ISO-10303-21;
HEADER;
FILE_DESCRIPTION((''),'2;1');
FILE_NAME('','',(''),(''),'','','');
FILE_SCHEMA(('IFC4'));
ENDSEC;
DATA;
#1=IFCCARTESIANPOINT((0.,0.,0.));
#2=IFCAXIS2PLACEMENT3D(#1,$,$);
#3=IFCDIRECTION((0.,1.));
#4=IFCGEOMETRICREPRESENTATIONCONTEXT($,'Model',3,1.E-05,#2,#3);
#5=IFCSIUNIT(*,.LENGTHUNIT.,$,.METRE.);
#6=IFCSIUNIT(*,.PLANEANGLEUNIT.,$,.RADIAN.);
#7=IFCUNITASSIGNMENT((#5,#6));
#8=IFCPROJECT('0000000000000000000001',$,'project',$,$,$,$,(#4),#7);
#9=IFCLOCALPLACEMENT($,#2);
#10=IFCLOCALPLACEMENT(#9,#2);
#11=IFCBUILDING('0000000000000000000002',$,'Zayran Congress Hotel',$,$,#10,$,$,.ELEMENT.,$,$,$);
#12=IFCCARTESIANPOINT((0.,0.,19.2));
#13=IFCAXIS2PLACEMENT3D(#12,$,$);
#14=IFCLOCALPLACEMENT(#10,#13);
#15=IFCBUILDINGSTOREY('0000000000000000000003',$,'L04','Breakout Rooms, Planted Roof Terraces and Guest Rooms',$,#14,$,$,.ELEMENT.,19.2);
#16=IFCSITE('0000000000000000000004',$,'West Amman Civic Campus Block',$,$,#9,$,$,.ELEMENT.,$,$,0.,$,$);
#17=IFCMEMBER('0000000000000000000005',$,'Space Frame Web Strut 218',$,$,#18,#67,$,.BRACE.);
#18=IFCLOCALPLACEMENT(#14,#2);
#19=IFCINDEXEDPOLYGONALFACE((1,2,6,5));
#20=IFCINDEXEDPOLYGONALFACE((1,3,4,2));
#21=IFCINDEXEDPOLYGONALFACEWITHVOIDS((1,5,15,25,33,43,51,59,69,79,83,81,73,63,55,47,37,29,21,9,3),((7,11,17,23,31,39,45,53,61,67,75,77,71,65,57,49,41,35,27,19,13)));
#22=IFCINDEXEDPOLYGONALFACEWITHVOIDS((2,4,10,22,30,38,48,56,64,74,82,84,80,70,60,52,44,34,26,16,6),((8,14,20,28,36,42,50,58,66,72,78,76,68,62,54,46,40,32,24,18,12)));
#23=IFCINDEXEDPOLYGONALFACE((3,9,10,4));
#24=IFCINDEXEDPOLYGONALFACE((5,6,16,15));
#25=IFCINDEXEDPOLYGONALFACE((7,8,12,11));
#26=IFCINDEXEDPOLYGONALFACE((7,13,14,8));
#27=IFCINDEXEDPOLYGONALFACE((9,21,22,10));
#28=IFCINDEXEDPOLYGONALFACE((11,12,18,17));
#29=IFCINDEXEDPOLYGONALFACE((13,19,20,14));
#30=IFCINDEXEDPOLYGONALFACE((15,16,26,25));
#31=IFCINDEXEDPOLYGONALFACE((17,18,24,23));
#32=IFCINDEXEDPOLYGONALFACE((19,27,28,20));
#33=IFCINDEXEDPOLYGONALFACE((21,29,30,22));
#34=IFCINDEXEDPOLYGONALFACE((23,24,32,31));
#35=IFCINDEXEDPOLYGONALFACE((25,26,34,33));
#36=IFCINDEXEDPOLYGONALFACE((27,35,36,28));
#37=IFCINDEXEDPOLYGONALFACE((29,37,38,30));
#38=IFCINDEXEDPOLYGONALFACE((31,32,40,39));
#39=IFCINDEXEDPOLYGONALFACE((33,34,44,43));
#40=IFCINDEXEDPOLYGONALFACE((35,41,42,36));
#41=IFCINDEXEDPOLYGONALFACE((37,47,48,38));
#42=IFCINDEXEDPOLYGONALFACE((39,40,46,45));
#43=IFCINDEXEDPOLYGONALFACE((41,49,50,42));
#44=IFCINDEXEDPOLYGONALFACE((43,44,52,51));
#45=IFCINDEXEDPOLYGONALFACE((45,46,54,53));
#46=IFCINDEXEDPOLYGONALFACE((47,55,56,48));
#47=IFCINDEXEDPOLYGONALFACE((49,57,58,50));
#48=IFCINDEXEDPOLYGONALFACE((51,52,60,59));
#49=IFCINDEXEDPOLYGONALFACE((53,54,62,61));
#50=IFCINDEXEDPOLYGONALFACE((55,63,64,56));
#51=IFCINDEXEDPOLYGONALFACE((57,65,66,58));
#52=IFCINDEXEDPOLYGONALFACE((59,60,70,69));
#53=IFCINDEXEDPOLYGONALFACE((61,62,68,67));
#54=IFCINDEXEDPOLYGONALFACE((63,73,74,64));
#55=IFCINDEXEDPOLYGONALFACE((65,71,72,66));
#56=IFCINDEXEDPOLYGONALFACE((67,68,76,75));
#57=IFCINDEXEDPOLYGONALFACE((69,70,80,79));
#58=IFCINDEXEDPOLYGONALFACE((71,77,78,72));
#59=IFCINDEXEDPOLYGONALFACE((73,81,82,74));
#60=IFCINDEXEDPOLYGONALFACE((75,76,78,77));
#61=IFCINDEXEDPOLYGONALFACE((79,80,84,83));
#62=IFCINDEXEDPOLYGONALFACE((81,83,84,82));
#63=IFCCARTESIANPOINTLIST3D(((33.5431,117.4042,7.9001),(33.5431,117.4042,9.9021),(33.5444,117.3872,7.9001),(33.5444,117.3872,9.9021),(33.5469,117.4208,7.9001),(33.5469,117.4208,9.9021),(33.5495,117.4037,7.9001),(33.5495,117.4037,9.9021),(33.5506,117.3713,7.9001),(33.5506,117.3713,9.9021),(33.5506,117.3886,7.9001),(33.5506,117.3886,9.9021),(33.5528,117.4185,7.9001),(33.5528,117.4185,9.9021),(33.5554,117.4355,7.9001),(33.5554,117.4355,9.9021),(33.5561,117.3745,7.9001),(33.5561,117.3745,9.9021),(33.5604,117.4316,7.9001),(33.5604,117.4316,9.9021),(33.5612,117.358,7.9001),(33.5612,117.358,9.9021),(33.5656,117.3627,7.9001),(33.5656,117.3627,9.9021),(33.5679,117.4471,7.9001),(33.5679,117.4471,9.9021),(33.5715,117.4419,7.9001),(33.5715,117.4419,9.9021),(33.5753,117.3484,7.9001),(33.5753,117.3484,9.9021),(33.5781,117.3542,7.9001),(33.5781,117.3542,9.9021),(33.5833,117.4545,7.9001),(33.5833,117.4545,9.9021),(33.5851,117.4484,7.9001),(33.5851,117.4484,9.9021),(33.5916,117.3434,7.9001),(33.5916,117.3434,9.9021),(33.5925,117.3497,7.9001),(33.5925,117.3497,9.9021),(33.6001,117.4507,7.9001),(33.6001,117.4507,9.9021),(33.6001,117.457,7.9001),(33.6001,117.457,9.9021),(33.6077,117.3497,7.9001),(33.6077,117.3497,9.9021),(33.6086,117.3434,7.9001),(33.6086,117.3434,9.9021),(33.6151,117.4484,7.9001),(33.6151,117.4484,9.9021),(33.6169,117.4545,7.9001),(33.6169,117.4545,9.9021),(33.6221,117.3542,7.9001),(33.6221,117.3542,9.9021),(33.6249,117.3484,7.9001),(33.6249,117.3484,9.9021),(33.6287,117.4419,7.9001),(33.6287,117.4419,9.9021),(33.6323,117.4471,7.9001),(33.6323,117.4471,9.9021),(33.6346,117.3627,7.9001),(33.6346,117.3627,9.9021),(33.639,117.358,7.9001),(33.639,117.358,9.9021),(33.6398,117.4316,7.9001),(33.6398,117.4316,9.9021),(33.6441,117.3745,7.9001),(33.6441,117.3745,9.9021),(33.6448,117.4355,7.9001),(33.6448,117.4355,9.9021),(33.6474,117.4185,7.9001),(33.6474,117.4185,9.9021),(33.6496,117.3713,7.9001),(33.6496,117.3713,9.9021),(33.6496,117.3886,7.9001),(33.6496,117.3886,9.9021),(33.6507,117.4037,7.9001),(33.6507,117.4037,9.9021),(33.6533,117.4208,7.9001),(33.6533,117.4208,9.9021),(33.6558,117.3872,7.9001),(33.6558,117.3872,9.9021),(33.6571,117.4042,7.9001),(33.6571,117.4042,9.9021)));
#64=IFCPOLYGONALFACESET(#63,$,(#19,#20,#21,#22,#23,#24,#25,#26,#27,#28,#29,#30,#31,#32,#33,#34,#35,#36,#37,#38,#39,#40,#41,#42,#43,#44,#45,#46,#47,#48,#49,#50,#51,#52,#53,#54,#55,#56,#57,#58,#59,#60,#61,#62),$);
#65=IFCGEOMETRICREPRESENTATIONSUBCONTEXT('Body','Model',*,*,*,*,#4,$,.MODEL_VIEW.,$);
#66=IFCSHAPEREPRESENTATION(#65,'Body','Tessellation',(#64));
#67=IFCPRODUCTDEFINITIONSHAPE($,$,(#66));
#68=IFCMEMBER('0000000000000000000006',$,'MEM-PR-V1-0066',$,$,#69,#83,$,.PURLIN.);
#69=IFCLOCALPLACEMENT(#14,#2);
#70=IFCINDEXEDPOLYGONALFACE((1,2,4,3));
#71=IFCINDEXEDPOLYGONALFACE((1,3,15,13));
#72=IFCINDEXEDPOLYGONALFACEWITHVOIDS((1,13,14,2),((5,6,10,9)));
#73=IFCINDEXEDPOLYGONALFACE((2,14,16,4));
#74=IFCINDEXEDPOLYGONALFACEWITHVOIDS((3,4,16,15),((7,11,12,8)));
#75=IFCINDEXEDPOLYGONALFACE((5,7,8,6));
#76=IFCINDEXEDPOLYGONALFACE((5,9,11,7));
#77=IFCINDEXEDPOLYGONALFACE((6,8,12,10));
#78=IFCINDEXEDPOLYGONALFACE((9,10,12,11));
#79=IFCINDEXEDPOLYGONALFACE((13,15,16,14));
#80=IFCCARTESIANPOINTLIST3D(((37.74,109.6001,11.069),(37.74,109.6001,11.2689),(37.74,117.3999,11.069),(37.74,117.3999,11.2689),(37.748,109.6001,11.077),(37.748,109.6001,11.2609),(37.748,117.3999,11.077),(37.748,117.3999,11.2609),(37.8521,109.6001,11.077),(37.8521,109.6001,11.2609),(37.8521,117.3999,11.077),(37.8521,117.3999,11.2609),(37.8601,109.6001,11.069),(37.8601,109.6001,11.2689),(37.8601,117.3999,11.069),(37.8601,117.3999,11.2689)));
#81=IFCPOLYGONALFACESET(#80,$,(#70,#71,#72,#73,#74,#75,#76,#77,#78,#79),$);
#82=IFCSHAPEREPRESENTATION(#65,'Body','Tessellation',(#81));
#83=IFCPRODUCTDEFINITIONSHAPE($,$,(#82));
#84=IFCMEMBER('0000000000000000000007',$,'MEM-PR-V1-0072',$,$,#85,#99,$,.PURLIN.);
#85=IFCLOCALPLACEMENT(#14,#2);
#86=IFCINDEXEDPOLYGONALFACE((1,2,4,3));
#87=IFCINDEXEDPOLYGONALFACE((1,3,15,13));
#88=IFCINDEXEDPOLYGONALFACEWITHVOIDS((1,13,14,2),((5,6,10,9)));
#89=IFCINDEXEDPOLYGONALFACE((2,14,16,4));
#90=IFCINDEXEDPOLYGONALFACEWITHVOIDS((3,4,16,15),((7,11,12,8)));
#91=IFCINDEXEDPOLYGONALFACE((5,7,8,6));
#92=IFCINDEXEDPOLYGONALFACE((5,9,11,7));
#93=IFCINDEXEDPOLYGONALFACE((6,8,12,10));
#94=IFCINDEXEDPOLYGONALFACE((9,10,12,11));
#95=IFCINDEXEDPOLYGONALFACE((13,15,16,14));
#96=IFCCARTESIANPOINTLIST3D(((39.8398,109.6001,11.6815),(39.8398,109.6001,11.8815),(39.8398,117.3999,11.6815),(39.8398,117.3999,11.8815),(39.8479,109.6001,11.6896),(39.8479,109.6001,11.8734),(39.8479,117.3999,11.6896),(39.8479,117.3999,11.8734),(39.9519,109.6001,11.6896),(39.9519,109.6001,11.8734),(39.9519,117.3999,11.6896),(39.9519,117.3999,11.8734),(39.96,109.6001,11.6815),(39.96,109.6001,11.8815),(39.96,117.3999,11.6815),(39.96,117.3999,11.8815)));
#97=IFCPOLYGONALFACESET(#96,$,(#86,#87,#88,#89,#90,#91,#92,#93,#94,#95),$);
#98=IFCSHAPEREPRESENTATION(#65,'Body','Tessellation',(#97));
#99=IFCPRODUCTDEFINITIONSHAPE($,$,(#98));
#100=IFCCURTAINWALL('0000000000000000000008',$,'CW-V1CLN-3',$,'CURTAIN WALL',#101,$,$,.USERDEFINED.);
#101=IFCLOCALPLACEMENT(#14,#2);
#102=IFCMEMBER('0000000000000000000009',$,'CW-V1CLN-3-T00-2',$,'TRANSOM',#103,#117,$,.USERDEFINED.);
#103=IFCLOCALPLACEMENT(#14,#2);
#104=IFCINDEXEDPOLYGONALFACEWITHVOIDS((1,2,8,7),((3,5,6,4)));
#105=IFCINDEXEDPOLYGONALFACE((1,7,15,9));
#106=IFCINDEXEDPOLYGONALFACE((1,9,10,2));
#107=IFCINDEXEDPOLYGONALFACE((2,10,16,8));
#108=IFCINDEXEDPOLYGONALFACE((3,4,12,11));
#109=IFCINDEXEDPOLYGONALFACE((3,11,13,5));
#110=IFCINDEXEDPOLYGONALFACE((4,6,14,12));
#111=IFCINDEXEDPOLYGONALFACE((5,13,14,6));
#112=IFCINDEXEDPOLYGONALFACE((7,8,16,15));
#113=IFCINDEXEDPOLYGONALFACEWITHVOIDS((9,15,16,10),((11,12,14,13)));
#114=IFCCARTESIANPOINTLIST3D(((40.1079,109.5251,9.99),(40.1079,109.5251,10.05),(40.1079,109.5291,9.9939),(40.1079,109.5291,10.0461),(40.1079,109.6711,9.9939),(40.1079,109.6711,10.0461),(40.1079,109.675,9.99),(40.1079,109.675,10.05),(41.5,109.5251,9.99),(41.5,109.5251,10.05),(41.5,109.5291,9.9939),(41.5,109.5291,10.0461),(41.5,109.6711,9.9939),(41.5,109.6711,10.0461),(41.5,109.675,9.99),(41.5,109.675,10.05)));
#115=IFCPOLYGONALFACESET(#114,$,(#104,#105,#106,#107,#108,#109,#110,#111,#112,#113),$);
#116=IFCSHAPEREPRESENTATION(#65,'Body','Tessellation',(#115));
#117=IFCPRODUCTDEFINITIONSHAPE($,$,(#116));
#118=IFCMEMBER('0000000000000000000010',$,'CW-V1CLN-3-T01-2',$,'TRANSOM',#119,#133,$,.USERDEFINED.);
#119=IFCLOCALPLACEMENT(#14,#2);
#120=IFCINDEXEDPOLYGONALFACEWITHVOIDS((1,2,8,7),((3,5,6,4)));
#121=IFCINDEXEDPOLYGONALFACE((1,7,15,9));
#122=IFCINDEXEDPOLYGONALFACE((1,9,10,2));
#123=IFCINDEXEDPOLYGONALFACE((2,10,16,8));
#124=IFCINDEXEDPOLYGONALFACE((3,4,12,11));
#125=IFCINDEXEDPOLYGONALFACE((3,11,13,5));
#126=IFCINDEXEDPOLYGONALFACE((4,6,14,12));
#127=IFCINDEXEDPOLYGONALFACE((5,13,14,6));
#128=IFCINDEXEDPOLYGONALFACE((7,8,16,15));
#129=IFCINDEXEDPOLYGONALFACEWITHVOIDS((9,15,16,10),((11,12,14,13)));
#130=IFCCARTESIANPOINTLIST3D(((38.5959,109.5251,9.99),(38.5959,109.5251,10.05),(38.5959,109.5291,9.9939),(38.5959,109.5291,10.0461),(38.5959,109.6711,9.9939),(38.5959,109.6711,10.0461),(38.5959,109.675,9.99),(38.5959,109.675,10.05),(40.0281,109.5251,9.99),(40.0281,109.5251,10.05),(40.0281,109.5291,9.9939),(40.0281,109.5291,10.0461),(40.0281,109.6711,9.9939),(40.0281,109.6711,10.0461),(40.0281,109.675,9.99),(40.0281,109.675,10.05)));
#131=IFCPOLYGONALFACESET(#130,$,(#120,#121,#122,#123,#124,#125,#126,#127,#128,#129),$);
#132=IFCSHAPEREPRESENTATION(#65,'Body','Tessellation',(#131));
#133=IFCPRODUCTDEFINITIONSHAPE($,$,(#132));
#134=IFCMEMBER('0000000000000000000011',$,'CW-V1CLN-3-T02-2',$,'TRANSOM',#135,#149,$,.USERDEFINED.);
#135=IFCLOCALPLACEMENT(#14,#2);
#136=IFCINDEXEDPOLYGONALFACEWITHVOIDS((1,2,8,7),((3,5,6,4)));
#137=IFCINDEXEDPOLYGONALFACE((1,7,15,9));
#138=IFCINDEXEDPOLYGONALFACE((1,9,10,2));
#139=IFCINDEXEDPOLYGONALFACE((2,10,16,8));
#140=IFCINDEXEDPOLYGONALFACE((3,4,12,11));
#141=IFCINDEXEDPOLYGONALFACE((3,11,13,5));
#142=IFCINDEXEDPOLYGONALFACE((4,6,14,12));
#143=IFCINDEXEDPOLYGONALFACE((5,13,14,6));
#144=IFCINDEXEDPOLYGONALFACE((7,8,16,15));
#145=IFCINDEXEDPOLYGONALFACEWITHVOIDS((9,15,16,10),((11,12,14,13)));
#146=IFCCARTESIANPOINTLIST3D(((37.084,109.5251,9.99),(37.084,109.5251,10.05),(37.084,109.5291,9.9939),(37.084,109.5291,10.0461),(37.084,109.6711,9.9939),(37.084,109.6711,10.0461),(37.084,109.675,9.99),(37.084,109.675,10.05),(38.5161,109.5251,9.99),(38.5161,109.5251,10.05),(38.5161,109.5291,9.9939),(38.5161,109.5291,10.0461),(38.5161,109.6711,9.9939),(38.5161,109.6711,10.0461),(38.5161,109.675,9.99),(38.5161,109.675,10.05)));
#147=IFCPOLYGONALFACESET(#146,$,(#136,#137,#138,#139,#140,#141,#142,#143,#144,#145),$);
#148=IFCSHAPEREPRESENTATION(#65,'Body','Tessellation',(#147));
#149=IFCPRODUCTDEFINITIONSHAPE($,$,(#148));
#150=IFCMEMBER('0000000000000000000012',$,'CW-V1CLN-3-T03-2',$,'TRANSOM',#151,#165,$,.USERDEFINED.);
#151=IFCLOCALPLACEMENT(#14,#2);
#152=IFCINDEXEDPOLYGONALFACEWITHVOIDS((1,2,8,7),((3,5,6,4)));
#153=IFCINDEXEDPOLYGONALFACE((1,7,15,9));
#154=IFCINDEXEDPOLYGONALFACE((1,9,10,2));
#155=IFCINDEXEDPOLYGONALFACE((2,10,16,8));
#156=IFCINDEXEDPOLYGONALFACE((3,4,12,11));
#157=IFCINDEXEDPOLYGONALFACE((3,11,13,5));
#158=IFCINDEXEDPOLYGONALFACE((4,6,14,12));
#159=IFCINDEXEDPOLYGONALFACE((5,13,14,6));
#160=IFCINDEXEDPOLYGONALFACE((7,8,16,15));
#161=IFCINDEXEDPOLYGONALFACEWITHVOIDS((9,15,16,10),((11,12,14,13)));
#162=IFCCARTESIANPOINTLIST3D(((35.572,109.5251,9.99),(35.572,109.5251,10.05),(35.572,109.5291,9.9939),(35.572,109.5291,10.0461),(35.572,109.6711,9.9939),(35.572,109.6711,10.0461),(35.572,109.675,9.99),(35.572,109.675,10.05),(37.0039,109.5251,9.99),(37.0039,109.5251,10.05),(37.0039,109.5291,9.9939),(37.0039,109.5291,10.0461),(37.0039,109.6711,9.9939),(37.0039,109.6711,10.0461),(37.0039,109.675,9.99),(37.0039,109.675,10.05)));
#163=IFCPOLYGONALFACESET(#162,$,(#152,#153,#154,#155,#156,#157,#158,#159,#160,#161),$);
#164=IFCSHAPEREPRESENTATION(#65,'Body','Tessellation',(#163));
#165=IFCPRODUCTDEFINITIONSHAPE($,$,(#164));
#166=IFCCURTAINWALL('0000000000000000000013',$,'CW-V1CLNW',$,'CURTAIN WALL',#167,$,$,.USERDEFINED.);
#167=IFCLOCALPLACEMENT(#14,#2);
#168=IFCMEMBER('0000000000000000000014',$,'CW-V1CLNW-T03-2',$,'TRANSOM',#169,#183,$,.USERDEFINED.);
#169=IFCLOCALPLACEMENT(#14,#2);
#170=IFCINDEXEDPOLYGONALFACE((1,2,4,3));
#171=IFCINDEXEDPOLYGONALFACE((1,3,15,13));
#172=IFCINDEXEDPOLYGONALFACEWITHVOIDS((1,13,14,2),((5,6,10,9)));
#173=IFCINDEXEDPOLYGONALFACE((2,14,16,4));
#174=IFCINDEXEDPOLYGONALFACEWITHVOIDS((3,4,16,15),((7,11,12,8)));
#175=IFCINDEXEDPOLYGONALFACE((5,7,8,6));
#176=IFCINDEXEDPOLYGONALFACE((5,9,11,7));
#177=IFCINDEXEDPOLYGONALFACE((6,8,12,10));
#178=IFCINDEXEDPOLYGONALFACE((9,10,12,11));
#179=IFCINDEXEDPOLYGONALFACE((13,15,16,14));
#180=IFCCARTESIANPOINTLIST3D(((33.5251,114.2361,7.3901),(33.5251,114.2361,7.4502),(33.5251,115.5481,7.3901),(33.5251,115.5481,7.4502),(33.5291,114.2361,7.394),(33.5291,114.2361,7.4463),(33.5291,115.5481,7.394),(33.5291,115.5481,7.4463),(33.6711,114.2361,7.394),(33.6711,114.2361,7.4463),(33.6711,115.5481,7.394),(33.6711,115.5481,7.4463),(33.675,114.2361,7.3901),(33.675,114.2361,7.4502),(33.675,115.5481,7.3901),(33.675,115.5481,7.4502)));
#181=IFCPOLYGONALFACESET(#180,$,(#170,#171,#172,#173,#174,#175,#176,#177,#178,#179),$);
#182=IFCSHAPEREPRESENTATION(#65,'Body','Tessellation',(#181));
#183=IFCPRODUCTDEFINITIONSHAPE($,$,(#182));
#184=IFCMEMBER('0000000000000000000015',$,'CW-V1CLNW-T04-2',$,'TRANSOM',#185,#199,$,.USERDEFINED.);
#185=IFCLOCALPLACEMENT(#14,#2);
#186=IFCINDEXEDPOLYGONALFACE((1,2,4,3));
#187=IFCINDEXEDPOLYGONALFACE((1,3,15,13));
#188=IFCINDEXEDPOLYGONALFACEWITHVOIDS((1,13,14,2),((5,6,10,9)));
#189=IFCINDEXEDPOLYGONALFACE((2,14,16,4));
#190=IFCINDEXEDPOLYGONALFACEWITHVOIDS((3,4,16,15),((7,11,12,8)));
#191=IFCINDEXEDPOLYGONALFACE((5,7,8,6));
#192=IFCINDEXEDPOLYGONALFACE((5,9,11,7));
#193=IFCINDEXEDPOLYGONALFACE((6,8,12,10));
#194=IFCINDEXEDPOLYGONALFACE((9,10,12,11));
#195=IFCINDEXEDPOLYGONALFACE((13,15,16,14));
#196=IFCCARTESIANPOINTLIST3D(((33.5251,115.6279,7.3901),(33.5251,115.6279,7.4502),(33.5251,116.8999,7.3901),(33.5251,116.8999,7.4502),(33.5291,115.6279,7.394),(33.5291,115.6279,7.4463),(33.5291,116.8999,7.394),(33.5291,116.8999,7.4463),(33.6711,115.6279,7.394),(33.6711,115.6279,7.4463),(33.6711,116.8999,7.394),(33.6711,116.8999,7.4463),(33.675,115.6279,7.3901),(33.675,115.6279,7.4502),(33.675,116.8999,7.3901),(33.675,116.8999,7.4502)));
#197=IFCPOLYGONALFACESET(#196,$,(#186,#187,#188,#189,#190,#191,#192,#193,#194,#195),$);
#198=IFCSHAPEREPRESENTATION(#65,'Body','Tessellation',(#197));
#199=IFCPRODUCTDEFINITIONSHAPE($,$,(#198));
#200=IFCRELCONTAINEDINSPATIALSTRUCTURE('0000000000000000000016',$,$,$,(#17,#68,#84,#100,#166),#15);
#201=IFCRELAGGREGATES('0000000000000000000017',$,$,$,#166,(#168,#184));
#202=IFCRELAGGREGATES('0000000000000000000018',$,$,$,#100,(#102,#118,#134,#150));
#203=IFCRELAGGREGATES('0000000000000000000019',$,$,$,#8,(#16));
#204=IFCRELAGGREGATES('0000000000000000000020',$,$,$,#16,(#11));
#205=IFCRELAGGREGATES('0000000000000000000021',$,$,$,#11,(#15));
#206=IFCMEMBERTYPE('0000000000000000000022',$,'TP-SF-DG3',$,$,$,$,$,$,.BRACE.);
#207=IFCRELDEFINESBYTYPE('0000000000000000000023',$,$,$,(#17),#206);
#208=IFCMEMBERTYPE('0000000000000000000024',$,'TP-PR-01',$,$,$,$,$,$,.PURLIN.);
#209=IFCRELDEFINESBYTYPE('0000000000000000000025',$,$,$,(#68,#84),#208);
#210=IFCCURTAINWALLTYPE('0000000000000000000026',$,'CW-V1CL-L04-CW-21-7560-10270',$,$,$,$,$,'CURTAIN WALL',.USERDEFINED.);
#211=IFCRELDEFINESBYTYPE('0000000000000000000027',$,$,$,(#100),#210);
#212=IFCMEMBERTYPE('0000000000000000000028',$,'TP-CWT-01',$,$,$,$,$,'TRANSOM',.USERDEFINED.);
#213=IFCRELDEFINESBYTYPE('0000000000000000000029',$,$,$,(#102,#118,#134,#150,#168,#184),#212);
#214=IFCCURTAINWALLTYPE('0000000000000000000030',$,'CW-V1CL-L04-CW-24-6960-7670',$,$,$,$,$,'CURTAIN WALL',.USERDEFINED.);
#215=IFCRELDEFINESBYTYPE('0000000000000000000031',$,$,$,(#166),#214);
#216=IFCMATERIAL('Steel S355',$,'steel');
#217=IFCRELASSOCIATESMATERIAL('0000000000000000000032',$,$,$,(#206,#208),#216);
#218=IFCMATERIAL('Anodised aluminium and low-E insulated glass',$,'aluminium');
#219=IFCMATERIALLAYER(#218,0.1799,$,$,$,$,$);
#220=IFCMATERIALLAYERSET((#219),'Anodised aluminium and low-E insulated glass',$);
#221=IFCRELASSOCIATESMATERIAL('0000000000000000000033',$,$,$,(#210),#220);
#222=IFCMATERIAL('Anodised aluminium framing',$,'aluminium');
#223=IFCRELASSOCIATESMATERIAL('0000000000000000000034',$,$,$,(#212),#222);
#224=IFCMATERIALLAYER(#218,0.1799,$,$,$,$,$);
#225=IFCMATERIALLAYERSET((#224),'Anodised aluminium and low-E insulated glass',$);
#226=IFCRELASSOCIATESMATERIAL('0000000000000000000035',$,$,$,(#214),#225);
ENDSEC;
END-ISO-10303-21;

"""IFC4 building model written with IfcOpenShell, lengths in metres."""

from ifc_helpers import new_model, si_unit, direction, frame, origin, origin_2d, place, context, subcontext, project, spatial, hollow_rectangle, hollow_circle, extrude, material, layer, layer_set, material_profile, profile_set, type_object, element, aggregate, save


model = new_model("IFC4")

# Units and contexts
model_context = context("Model", 3, precision=1e-05, world=origin(), true_north=direction((0.0, 1.0)))
body_context = subcontext(model_context, "Body", "Model", "MODEL_VIEW")
ifc_project = project(units=[si_unit("LENGTHUNIT", "METRE"), si_unit("PLANEANGLEUNIT", "RADIAN")], contexts=[model_context])

# Site, building, storey
site_placement = place(None, origin())
site = spatial("IfcSite", under=ifc_project, at=site_placement, Name="West Amman Civic Campus Block", CompositionType="ELEMENT", RefElevation=0.0)
building_placement = place(site_placement, origin())
building = spatial("IfcBuilding", under=site, at=building_placement, Name="Zayran Congress Hotel", CompositionType="ELEMENT")
storey_placement = place(building_placement, frame((0.0, 0.0, 19.2)))
storey = spatial("IfcBuildingStorey", under=building, at=storey_placement, Name="L04", Description="Breakout Rooms, Planted Roof Terraces and Guest Rooms", CompositionType="ELEMENT", Elevation=19.2)

# Members
ifc_material_1 = material(Name="Steel S355", Category="steel")
ifc_material_profile_1 = material_profile(ifc_material_1, hollow_circle(Radius=0.0571, WallThickness=0.0063, at=origin_2d()), Name="CHS 114.3x6.3")
ifc_profile_set_1 = profile_set([ifc_material_profile_1], Name="Steel S355")
member_type_1 = type_object("IfcMemberType", Name="TP-SF-DG3", PredefinedType="BRACE", material=ifc_profile_set_1)
member_1_placement = place(storey_placement, frame((33.6001, 117.3999, 7.9001), z_axis=(0.0, 0.0, 1.0), x_axis=(0.0, 1.0, 0.0)))
element("IfcMember", 1, at=member_1_placement, inside=storey, type_object=member_type_1, Name="Space Frame Web Strut 218", PredefinedType="BRACE", context=body_context, shape_type="SweptSolid", body=[
    extrude(hollow_circle(Radius=0.0571, WallThickness=0.0063, at=origin_2d()), origin(), (0.0, 0.0, 1.0), 2.002),
])
ifc_material_profile_2 = material_profile(ifc_material_1, hollow_rectangle(XDim=0.1201, YDim=0.2, WallThickness=0.0081, at=origin_2d()), Name="RHS 200x120x8")
ifc_profile_set_2 = profile_set([ifc_material_profile_2], Name="Steel S355")
member_type_2 = type_object("IfcMemberType", Name="TP-PR-01", PredefinedType="PURLIN", material=ifc_profile_set_2)
for number, where, z_axis, x_axis, name in (
    (2, (37.8, 109.6001, 11.1689), (0.0, 1.0, 0.0), (-1.0, 0.0, 0.0), "MEM-PR-V1-0066"),
    (3, (39.8999, 109.6001, 11.7815), (0.0, 1.0, 0.0), (-1.0, 0.0, 0.0), "MEM-PR-V1-0072"),
):
    element("IfcMember", number, at=place(storey_placement, frame(where, z_axis=z_axis, x_axis=x_axis)), inside=storey, type_object=member_type_2, Name=name, PredefinedType="PURLIN", context=body_context, shape_type="SweptSolid", body=[
        extrude(hollow_rectangle(XDim=0.1201, YDim=0.2, WallThickness=0.0081, at=origin_2d()), origin(), (0.0, 0.0, 1.0), 7.7998),
    ])

# Curtain walls, members
ifc_material_2 = material(Name="Anodised aluminium and low-E insulated glass", Category="aluminium")
ifc_layer_1 = layer(ifc_material_2, 0.1799)
ifc_layer_set_1 = layer_set([ifc_layer_1], Name="Anodised aluminium and low-E insulated glass")
curtain_wall_type_1 = type_object("IfcCurtainWallType", Name="CW-V1CL-L04-CW-21-7560-10270", ElementType="CURTAIN WALL", PredefinedType="USERDEFINED", material=ifc_layer_set_1)
curtain_wall_1_placement = place(storey_placement, origin())
curtain_wall_1 = element("IfcCurtainWall", 4, at=curtain_wall_1_placement, inside=storey, type_object=curtain_wall_type_1, Name="CW-V1CLN-3", ObjectType="CURTAIN WALL", PredefinedType="USERDEFINED")
ifc_material_3 = material(Name="Anodised aluminium framing", Category="aluminium")
ifc_material_profile_3 = material_profile(ifc_material_3, hollow_rectangle(XDim=0.0601, YDim=0.1499, WallThickness=0.0039, at=origin_2d()), Name="RHS 150x60x4")
ifc_profile_set_3 = profile_set([ifc_material_profile_3], Name="Anodised aluminium framing")
member_type_3 = type_object("IfcMemberType", Name="TP-CWT-01", ElementType="TRANSOM", PredefinedType="USERDEFINED", material=ifc_profile_set_3)
member_2_placement = place(storey_placement, frame((41.5, 109.6001, 10.02), z_axis=(-1.0, 0.0, 0.0), x_axis=(0.0, 0.0, 1.0)))
member_2 = element("IfcMember", 5, at=member_2_placement, type_object=member_type_3, Name="CW-V1CLN-3-T00-2", ObjectType="TRANSOM", PredefinedType="USERDEFINED", context=body_context, shape_type="SweptSolid", body=[
    extrude(hollow_rectangle(XDim=0.0601, YDim=0.1499, WallThickness=0.0039, at=origin_2d()), origin(), (0.0, 0.0, 1.0), 1.3921),
])
member_3_placement = place(storey_placement, frame((40.0281, 109.6001, 10.02), z_axis=(-1.0, 0.0, 0.0), x_axis=(0.0, 0.0, 1.0)))
member_3 = element("IfcMember", 6, at=member_3_placement, type_object=member_type_3, Name="CW-V1CLN-3-T01-2", ObjectType="TRANSOM", PredefinedType="USERDEFINED", context=body_context, shape_type="SweptSolid", body=[
    extrude(hollow_rectangle(XDim=0.0601, YDim=0.1499, WallThickness=0.0039, at=origin_2d()), origin(), (0.0, 0.0, 1.0), 1.4321),
])
member_4_placement = place(storey_placement, frame((38.5161, 109.6001, 10.02), z_axis=(-1.0, 0.0, 0.0), x_axis=(0.0, 0.0, 1.0)))
member_4 = element("IfcMember", 7, at=member_4_placement, type_object=member_type_3, Name="CW-V1CLN-3-T02-2", ObjectType="TRANSOM", PredefinedType="USERDEFINED", context=body_context, shape_type="SweptSolid", body=[
    extrude(hollow_rectangle(XDim=0.0601, YDim=0.1499, WallThickness=0.0039, at=origin_2d()), origin(), (0.0, 0.0, 1.0), 1.4321),
])
member_5_placement = place(storey_placement, frame((37.0039, 109.6001, 10.02), z_axis=(-1.0, 0.0, 0.0), x_axis=(0.0, 0.0, 1.0)))
member_5 = element("IfcMember", 8, at=member_5_placement, type_object=member_type_3, Name="CW-V1CLN-3-T03-2", ObjectType="TRANSOM", PredefinedType="USERDEFINED", context=body_context, shape_type="SweptSolid", body=[
    extrude(hollow_rectangle(XDim=0.0601, YDim=0.1499, WallThickness=0.0039, at=origin_2d()), origin(), (0.0, 0.0, 1.0), 1.4319),
])
ifc_layer_2 = layer(ifc_material_2, 0.1799)
ifc_layer_set_2 = layer_set([ifc_layer_2], Name="Anodised aluminium and low-E insulated glass")
curtain_wall_type_2 = type_object("IfcCurtainWallType", Name="CW-V1CL-L04-CW-24-6960-7670", ElementType="CURTAIN WALL", PredefinedType="USERDEFINED", material=ifc_layer_set_2)
curtain_wall_2_placement = place(storey_placement, origin())
curtain_wall_2 = element("IfcCurtainWall", 9, at=curtain_wall_2_placement, inside=storey, type_object=curtain_wall_type_2, Name="CW-V1CLNW", ObjectType="CURTAIN WALL", PredefinedType="USERDEFINED")
member_6_placement = place(storey_placement, frame((33.6001, 114.2361, 7.4202), z_axis=(0.0, 1.0, 0.0), x_axis=(0.0, 0.0, 1.0)))
member_6 = element("IfcMember", 10, at=member_6_placement, type_object=member_type_3, Name="CW-V1CLNW-T03-2", ObjectType="TRANSOM", PredefinedType="USERDEFINED", context=body_context, shape_type="SweptSolid", body=[
    extrude(hollow_rectangle(XDim=0.0601, YDim=0.1499, WallThickness=0.0039, at=origin_2d()), origin(), (0.0, 0.0, 1.0), 1.312),
])
member_7_placement = place(storey_placement, frame((33.6001, 115.6279, 7.4202), z_axis=(0.0, 1.0, 0.0), x_axis=(0.0, 0.0, 1.0)))
member_7 = element("IfcMember", 11, at=member_7_placement, type_object=member_type_3, Name="CW-V1CLNW-T04-2", ObjectType="TRANSOM", PredefinedType="USERDEFINED", context=body_context, shape_type="SweptSolid", body=[
    extrude(hollow_rectangle(XDim=0.0601, YDim=0.1499, WallThickness=0.0039, at=origin_2d()), origin(), (0.0, 0.0, 1.0), 1.272),
])
aggregate(curtain_wall_2, [member_6, member_7])

aggregate(curtain_wall_1, [member_2, member_3, member_4, member_5])

save(model, "model.ifc")
